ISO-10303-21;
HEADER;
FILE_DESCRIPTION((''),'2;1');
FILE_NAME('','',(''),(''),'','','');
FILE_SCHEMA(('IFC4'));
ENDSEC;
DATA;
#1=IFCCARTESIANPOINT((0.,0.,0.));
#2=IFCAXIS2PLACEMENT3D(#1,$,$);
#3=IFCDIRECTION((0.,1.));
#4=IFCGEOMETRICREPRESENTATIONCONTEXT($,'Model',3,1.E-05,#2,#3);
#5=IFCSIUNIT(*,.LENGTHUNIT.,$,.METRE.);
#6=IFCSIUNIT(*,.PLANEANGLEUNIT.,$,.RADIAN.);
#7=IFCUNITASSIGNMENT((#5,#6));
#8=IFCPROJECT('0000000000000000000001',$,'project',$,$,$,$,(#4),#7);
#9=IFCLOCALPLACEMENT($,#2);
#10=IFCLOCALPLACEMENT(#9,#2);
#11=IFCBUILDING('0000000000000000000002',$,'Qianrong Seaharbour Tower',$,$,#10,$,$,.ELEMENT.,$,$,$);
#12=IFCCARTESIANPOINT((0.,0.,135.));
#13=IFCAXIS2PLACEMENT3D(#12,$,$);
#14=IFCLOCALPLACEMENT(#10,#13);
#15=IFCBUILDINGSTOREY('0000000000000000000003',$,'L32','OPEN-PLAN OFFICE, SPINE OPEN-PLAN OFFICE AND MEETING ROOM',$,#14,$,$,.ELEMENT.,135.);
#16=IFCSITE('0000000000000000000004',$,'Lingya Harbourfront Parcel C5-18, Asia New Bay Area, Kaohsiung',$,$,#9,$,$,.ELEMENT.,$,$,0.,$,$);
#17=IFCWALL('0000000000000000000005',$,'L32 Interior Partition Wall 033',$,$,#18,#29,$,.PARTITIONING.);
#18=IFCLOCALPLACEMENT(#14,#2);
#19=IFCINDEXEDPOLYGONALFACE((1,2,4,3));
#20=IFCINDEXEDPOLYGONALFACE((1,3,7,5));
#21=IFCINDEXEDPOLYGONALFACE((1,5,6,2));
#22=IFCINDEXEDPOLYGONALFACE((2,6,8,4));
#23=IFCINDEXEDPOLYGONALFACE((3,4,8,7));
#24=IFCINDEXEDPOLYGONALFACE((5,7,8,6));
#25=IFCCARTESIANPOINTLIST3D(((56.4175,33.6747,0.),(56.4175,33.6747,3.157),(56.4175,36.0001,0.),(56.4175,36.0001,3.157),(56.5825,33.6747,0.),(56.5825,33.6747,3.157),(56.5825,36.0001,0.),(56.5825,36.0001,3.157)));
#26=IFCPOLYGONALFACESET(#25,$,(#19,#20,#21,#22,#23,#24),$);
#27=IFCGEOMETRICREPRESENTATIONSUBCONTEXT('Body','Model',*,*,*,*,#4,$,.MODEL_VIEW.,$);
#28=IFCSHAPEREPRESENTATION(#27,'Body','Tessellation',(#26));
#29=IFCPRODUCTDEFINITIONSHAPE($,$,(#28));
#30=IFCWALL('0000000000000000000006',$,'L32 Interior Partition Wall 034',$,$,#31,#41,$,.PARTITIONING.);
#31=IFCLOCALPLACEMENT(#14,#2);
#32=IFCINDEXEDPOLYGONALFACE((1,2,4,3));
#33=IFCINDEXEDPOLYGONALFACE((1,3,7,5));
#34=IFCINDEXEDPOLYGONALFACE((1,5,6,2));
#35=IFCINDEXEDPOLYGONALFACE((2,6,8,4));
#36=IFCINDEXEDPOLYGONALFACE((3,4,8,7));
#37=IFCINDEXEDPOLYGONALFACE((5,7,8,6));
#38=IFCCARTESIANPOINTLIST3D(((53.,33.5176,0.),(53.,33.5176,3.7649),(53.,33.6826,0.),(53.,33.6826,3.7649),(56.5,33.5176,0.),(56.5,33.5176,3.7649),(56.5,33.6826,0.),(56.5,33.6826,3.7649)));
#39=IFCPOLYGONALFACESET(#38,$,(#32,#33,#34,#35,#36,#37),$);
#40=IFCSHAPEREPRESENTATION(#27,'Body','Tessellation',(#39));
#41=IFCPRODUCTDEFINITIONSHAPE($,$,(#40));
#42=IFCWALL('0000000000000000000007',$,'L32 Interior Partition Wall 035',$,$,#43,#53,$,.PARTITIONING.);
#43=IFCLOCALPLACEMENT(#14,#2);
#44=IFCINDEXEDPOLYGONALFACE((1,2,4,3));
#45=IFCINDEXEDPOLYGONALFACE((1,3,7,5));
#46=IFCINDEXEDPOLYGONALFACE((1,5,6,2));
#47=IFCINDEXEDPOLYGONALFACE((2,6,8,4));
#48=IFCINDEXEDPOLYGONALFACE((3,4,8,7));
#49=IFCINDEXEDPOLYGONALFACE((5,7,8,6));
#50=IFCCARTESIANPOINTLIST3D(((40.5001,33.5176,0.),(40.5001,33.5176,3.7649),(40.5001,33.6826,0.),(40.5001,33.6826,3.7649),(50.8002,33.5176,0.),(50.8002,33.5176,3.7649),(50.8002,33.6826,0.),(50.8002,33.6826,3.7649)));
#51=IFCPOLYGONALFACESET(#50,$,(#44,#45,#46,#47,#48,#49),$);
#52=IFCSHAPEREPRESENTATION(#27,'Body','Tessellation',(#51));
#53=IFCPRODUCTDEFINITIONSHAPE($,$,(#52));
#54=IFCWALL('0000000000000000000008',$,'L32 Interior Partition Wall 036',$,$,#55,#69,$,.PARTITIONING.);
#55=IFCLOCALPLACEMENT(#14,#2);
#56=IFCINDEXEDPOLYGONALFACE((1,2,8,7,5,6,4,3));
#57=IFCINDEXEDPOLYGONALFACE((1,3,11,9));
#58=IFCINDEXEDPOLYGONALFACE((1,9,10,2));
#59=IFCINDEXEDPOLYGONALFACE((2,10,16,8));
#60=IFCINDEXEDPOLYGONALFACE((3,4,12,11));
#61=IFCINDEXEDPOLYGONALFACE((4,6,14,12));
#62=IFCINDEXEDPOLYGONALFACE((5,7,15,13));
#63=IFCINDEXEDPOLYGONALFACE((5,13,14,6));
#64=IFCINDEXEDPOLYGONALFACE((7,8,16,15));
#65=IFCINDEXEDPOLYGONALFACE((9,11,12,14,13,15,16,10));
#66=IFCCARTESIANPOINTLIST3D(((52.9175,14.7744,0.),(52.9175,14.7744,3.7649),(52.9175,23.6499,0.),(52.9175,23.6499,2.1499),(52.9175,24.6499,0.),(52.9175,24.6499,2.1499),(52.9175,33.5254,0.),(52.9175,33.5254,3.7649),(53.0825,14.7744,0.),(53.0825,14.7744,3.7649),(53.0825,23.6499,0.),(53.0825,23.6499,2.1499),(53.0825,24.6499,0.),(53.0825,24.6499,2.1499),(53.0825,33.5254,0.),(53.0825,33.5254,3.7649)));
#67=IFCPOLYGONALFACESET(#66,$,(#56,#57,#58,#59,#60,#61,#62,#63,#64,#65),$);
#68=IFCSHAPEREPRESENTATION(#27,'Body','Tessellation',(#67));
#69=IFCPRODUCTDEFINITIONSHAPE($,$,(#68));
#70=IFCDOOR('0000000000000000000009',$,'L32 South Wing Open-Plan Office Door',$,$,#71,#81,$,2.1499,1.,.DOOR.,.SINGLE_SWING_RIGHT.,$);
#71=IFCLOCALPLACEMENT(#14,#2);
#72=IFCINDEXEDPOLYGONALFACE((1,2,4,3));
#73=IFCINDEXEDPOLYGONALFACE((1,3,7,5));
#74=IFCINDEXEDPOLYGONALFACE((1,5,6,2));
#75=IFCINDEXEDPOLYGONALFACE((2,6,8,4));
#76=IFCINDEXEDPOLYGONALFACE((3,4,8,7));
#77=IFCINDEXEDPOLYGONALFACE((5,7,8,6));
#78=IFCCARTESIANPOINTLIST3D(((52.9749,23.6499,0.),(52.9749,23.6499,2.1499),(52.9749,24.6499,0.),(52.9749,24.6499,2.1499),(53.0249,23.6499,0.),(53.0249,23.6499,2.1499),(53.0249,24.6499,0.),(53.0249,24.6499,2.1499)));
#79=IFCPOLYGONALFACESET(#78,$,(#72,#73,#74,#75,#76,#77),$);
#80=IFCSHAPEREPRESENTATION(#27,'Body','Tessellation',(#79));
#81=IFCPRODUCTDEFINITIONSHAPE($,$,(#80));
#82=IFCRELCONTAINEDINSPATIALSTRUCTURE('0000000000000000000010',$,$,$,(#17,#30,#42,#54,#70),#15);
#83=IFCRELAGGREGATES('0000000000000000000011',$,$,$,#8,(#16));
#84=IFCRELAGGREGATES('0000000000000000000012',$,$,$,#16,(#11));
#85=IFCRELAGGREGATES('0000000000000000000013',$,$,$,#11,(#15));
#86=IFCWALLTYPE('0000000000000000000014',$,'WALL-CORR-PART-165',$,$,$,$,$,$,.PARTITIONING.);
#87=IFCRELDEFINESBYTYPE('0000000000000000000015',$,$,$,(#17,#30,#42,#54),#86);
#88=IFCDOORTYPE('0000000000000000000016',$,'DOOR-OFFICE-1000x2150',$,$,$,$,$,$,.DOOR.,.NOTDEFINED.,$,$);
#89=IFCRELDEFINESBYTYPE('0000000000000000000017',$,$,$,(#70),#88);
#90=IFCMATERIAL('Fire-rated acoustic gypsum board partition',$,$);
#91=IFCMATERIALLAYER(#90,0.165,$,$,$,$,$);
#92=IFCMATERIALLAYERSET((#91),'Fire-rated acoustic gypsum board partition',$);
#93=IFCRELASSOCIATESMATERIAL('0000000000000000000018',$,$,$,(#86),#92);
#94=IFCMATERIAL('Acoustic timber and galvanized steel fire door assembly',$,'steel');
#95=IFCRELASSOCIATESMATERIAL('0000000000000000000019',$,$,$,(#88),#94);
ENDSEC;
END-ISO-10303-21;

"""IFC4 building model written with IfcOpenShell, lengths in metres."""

from ifc_helpers import new_model, si_unit, direction, frame, frame_2d, origin, place, context, subcontext, project, spatial, rectangle, extrude, material, layer, layer_set, type_object, element, fill, save


model = new_model("IFC4")

# Units and contexts
model_context = context("Model", 3, precision=1e-05, world=origin(), true_north=direction((0.0, 1.0)))
body_context = subcontext(model_context, "Body", "Model", "MODEL_VIEW")
ifc_project = project(units=[si_unit("LENGTHUNIT", "METRE"), si_unit("PLANEANGLEUNIT", "RADIAN")], contexts=[model_context])

# Site, building, storey
site_placement = place(None, origin())
site = spatial("IfcSite", under=ifc_project, at=site_placement, Name="Lingya Harbourfront Parcel C5-18, Asia New Bay Area, Kaohsiung", CompositionType="ELEMENT", RefElevation=0.0)
building_placement = place(site_placement, origin())
building = spatial("IfcBuilding", under=site, at=building_placement, Name="Qianrong Seaharbour Tower", CompositionType="ELEMENT")
storey_placement = place(building_placement, frame((0.0, 0.0, 135.0)))
storey = spatial("IfcBuildingStorey", under=building, at=storey_placement, Name="L32", Description="OPEN-PLAN OFFICE, SPINE OPEN-PLAN OFFICE AND MEETING ROOM", CompositionType="ELEMENT", Elevation=135.0)

# Walls
ifc_material_1 = material(Name="Fire-rated acoustic gypsum board partition")
ifc_layer = layer(ifc_material_1, 0.165)
ifc_layer_set = layer_set([ifc_layer], Name="Fire-rated acoustic gypsum board partition")
wall_type = type_object("IfcWallType", Name="WALL-CORR-PART-165", PredefinedType="PARTITIONING", material=ifc_layer_set)
wall_1_placement = place(storey_placement, frame((56.5, 36.0, 0.0), z_axis=(0.0, 0.0, 1.0), x_axis=(0.0, -1.0, 0.0)))
element("IfcWall", 1, at=wall_1_placement, inside=storey, type_object=wall_type, Name="L32 Interior Partition Wall 033", PredefinedType="PARTITIONING", context=body_context, shape_type="SweptSolid", body=[
    extrude(rectangle(XDim=2.3254, YDim=0.165, at=frame_2d((1.1626, 0.0))), origin(), (0.0, 0.0, 1.0), 3.157),
])
wall_2_placement = place(storey_placement, frame((56.5, 33.6001, 0.0), z_axis=(0.0, 0.0, 1.0), x_axis=(-1.0, 0.0, 0.0)))
element("IfcWall", 2, at=wall_2_placement, inside=storey, type_object=wall_type, Name="L32 Interior Partition Wall 034", PredefinedType="PARTITIONING", context=body_context, shape_type="SweptSolid", body=[
    extrude(rectangle(XDim=3.5, YDim=0.165, at=frame_2d((1.75, 0.0))), origin(), (0.0, 0.0, 1.0), 3.7649),
])
wall_3_placement = place(storey_placement, frame((50.8, 33.6001, 0.0), z_axis=(0.0, 0.0, 1.0), x_axis=(-1.0, 0.0, 0.0)))
element("IfcWall", 3, at=wall_3_placement, inside=storey, type_object=wall_type, Name="L32 Interior Partition Wall 035", PredefinedType="PARTITIONING", context=body_context, shape_type="SweptSolid", body=[
    extrude(rectangle(XDim=10.3, YDim=0.165, at=frame_2d((5.1499, 0.0))), origin(), (0.0, 0.0, 1.0), 3.7649),
])

# Wall, opening, door
wall_4_placement = place(storey_placement, frame((53.0, 33.5254, 0.0), z_axis=(0.0, 0.0, 1.0), x_axis=(0.0, -1.0, 0.0)))
wall_4 = element("IfcWall", 4, at=wall_4_placement, inside=storey, type_object=wall_type, Name="L32 Interior Partition Wall 036", PredefinedType="PARTITIONING", context=body_context, shape_type="SweptSolid", body=[
    extrude(rectangle(XDim=18.751, YDim=0.165, at=frame_2d((9.3755, 0.0))), origin(), (0.0, 0.0, 1.0), 3.7649),
])
opening_placement = place(wall_4_placement, frame((8.8755, 0.0, 0.0)))
opening = element("IfcOpeningElement", 5, at=opening_placement, cuts=wall_4, PredefinedType="OPENING", context=body_context, shape_type="SweptSolid", body=[
    extrude(rectangle(XDim=1.0, YDim=2.1499, at=frame_2d((0.5, 1.075))), frame((0.0, 0.0925, 0.0), z_axis=(0.0, -1.0, 0.0), x_axis=(1.0, 0.0, 0.0)), (0.0, 0.0, 1.0), 0.1851),
])
ifc_material_2 = material(Name="Acoustic timber and galvanized steel fire door assembly", Category="steel")
door_type = type_object("IfcDoorType", Name="DOOR-OFFICE-1000x2150", OperationType="NOTDEFINED", PredefinedType="DOOR", material=ifc_material_2)
door_placement = place(opening_placement, origin())
door = element("IfcDoor", 6, at=door_placement, inside=storey, type_object=door_type, Name="L32 South Wing Open-Plan Office Door", OperationType="SINGLE_SWING_RIGHT", OverallHeight=2.1499, OverallWidth=1.0, PredefinedType="DOOR", context=body_context, shape_type="SweptSolid", body=[
    extrude(rectangle(XDim=1.0, YDim=2.1499, at=frame_2d((0.5, 1.075))), frame((0.0, 0.0249, 0.0), z_axis=(0.0, -1.0, 0.0), x_axis=(1.0, 0.0, 0.0)), (0.0, 0.0, 1.0), 0.05),
])
fill(opening, door)

save(model, "model.ifc")
